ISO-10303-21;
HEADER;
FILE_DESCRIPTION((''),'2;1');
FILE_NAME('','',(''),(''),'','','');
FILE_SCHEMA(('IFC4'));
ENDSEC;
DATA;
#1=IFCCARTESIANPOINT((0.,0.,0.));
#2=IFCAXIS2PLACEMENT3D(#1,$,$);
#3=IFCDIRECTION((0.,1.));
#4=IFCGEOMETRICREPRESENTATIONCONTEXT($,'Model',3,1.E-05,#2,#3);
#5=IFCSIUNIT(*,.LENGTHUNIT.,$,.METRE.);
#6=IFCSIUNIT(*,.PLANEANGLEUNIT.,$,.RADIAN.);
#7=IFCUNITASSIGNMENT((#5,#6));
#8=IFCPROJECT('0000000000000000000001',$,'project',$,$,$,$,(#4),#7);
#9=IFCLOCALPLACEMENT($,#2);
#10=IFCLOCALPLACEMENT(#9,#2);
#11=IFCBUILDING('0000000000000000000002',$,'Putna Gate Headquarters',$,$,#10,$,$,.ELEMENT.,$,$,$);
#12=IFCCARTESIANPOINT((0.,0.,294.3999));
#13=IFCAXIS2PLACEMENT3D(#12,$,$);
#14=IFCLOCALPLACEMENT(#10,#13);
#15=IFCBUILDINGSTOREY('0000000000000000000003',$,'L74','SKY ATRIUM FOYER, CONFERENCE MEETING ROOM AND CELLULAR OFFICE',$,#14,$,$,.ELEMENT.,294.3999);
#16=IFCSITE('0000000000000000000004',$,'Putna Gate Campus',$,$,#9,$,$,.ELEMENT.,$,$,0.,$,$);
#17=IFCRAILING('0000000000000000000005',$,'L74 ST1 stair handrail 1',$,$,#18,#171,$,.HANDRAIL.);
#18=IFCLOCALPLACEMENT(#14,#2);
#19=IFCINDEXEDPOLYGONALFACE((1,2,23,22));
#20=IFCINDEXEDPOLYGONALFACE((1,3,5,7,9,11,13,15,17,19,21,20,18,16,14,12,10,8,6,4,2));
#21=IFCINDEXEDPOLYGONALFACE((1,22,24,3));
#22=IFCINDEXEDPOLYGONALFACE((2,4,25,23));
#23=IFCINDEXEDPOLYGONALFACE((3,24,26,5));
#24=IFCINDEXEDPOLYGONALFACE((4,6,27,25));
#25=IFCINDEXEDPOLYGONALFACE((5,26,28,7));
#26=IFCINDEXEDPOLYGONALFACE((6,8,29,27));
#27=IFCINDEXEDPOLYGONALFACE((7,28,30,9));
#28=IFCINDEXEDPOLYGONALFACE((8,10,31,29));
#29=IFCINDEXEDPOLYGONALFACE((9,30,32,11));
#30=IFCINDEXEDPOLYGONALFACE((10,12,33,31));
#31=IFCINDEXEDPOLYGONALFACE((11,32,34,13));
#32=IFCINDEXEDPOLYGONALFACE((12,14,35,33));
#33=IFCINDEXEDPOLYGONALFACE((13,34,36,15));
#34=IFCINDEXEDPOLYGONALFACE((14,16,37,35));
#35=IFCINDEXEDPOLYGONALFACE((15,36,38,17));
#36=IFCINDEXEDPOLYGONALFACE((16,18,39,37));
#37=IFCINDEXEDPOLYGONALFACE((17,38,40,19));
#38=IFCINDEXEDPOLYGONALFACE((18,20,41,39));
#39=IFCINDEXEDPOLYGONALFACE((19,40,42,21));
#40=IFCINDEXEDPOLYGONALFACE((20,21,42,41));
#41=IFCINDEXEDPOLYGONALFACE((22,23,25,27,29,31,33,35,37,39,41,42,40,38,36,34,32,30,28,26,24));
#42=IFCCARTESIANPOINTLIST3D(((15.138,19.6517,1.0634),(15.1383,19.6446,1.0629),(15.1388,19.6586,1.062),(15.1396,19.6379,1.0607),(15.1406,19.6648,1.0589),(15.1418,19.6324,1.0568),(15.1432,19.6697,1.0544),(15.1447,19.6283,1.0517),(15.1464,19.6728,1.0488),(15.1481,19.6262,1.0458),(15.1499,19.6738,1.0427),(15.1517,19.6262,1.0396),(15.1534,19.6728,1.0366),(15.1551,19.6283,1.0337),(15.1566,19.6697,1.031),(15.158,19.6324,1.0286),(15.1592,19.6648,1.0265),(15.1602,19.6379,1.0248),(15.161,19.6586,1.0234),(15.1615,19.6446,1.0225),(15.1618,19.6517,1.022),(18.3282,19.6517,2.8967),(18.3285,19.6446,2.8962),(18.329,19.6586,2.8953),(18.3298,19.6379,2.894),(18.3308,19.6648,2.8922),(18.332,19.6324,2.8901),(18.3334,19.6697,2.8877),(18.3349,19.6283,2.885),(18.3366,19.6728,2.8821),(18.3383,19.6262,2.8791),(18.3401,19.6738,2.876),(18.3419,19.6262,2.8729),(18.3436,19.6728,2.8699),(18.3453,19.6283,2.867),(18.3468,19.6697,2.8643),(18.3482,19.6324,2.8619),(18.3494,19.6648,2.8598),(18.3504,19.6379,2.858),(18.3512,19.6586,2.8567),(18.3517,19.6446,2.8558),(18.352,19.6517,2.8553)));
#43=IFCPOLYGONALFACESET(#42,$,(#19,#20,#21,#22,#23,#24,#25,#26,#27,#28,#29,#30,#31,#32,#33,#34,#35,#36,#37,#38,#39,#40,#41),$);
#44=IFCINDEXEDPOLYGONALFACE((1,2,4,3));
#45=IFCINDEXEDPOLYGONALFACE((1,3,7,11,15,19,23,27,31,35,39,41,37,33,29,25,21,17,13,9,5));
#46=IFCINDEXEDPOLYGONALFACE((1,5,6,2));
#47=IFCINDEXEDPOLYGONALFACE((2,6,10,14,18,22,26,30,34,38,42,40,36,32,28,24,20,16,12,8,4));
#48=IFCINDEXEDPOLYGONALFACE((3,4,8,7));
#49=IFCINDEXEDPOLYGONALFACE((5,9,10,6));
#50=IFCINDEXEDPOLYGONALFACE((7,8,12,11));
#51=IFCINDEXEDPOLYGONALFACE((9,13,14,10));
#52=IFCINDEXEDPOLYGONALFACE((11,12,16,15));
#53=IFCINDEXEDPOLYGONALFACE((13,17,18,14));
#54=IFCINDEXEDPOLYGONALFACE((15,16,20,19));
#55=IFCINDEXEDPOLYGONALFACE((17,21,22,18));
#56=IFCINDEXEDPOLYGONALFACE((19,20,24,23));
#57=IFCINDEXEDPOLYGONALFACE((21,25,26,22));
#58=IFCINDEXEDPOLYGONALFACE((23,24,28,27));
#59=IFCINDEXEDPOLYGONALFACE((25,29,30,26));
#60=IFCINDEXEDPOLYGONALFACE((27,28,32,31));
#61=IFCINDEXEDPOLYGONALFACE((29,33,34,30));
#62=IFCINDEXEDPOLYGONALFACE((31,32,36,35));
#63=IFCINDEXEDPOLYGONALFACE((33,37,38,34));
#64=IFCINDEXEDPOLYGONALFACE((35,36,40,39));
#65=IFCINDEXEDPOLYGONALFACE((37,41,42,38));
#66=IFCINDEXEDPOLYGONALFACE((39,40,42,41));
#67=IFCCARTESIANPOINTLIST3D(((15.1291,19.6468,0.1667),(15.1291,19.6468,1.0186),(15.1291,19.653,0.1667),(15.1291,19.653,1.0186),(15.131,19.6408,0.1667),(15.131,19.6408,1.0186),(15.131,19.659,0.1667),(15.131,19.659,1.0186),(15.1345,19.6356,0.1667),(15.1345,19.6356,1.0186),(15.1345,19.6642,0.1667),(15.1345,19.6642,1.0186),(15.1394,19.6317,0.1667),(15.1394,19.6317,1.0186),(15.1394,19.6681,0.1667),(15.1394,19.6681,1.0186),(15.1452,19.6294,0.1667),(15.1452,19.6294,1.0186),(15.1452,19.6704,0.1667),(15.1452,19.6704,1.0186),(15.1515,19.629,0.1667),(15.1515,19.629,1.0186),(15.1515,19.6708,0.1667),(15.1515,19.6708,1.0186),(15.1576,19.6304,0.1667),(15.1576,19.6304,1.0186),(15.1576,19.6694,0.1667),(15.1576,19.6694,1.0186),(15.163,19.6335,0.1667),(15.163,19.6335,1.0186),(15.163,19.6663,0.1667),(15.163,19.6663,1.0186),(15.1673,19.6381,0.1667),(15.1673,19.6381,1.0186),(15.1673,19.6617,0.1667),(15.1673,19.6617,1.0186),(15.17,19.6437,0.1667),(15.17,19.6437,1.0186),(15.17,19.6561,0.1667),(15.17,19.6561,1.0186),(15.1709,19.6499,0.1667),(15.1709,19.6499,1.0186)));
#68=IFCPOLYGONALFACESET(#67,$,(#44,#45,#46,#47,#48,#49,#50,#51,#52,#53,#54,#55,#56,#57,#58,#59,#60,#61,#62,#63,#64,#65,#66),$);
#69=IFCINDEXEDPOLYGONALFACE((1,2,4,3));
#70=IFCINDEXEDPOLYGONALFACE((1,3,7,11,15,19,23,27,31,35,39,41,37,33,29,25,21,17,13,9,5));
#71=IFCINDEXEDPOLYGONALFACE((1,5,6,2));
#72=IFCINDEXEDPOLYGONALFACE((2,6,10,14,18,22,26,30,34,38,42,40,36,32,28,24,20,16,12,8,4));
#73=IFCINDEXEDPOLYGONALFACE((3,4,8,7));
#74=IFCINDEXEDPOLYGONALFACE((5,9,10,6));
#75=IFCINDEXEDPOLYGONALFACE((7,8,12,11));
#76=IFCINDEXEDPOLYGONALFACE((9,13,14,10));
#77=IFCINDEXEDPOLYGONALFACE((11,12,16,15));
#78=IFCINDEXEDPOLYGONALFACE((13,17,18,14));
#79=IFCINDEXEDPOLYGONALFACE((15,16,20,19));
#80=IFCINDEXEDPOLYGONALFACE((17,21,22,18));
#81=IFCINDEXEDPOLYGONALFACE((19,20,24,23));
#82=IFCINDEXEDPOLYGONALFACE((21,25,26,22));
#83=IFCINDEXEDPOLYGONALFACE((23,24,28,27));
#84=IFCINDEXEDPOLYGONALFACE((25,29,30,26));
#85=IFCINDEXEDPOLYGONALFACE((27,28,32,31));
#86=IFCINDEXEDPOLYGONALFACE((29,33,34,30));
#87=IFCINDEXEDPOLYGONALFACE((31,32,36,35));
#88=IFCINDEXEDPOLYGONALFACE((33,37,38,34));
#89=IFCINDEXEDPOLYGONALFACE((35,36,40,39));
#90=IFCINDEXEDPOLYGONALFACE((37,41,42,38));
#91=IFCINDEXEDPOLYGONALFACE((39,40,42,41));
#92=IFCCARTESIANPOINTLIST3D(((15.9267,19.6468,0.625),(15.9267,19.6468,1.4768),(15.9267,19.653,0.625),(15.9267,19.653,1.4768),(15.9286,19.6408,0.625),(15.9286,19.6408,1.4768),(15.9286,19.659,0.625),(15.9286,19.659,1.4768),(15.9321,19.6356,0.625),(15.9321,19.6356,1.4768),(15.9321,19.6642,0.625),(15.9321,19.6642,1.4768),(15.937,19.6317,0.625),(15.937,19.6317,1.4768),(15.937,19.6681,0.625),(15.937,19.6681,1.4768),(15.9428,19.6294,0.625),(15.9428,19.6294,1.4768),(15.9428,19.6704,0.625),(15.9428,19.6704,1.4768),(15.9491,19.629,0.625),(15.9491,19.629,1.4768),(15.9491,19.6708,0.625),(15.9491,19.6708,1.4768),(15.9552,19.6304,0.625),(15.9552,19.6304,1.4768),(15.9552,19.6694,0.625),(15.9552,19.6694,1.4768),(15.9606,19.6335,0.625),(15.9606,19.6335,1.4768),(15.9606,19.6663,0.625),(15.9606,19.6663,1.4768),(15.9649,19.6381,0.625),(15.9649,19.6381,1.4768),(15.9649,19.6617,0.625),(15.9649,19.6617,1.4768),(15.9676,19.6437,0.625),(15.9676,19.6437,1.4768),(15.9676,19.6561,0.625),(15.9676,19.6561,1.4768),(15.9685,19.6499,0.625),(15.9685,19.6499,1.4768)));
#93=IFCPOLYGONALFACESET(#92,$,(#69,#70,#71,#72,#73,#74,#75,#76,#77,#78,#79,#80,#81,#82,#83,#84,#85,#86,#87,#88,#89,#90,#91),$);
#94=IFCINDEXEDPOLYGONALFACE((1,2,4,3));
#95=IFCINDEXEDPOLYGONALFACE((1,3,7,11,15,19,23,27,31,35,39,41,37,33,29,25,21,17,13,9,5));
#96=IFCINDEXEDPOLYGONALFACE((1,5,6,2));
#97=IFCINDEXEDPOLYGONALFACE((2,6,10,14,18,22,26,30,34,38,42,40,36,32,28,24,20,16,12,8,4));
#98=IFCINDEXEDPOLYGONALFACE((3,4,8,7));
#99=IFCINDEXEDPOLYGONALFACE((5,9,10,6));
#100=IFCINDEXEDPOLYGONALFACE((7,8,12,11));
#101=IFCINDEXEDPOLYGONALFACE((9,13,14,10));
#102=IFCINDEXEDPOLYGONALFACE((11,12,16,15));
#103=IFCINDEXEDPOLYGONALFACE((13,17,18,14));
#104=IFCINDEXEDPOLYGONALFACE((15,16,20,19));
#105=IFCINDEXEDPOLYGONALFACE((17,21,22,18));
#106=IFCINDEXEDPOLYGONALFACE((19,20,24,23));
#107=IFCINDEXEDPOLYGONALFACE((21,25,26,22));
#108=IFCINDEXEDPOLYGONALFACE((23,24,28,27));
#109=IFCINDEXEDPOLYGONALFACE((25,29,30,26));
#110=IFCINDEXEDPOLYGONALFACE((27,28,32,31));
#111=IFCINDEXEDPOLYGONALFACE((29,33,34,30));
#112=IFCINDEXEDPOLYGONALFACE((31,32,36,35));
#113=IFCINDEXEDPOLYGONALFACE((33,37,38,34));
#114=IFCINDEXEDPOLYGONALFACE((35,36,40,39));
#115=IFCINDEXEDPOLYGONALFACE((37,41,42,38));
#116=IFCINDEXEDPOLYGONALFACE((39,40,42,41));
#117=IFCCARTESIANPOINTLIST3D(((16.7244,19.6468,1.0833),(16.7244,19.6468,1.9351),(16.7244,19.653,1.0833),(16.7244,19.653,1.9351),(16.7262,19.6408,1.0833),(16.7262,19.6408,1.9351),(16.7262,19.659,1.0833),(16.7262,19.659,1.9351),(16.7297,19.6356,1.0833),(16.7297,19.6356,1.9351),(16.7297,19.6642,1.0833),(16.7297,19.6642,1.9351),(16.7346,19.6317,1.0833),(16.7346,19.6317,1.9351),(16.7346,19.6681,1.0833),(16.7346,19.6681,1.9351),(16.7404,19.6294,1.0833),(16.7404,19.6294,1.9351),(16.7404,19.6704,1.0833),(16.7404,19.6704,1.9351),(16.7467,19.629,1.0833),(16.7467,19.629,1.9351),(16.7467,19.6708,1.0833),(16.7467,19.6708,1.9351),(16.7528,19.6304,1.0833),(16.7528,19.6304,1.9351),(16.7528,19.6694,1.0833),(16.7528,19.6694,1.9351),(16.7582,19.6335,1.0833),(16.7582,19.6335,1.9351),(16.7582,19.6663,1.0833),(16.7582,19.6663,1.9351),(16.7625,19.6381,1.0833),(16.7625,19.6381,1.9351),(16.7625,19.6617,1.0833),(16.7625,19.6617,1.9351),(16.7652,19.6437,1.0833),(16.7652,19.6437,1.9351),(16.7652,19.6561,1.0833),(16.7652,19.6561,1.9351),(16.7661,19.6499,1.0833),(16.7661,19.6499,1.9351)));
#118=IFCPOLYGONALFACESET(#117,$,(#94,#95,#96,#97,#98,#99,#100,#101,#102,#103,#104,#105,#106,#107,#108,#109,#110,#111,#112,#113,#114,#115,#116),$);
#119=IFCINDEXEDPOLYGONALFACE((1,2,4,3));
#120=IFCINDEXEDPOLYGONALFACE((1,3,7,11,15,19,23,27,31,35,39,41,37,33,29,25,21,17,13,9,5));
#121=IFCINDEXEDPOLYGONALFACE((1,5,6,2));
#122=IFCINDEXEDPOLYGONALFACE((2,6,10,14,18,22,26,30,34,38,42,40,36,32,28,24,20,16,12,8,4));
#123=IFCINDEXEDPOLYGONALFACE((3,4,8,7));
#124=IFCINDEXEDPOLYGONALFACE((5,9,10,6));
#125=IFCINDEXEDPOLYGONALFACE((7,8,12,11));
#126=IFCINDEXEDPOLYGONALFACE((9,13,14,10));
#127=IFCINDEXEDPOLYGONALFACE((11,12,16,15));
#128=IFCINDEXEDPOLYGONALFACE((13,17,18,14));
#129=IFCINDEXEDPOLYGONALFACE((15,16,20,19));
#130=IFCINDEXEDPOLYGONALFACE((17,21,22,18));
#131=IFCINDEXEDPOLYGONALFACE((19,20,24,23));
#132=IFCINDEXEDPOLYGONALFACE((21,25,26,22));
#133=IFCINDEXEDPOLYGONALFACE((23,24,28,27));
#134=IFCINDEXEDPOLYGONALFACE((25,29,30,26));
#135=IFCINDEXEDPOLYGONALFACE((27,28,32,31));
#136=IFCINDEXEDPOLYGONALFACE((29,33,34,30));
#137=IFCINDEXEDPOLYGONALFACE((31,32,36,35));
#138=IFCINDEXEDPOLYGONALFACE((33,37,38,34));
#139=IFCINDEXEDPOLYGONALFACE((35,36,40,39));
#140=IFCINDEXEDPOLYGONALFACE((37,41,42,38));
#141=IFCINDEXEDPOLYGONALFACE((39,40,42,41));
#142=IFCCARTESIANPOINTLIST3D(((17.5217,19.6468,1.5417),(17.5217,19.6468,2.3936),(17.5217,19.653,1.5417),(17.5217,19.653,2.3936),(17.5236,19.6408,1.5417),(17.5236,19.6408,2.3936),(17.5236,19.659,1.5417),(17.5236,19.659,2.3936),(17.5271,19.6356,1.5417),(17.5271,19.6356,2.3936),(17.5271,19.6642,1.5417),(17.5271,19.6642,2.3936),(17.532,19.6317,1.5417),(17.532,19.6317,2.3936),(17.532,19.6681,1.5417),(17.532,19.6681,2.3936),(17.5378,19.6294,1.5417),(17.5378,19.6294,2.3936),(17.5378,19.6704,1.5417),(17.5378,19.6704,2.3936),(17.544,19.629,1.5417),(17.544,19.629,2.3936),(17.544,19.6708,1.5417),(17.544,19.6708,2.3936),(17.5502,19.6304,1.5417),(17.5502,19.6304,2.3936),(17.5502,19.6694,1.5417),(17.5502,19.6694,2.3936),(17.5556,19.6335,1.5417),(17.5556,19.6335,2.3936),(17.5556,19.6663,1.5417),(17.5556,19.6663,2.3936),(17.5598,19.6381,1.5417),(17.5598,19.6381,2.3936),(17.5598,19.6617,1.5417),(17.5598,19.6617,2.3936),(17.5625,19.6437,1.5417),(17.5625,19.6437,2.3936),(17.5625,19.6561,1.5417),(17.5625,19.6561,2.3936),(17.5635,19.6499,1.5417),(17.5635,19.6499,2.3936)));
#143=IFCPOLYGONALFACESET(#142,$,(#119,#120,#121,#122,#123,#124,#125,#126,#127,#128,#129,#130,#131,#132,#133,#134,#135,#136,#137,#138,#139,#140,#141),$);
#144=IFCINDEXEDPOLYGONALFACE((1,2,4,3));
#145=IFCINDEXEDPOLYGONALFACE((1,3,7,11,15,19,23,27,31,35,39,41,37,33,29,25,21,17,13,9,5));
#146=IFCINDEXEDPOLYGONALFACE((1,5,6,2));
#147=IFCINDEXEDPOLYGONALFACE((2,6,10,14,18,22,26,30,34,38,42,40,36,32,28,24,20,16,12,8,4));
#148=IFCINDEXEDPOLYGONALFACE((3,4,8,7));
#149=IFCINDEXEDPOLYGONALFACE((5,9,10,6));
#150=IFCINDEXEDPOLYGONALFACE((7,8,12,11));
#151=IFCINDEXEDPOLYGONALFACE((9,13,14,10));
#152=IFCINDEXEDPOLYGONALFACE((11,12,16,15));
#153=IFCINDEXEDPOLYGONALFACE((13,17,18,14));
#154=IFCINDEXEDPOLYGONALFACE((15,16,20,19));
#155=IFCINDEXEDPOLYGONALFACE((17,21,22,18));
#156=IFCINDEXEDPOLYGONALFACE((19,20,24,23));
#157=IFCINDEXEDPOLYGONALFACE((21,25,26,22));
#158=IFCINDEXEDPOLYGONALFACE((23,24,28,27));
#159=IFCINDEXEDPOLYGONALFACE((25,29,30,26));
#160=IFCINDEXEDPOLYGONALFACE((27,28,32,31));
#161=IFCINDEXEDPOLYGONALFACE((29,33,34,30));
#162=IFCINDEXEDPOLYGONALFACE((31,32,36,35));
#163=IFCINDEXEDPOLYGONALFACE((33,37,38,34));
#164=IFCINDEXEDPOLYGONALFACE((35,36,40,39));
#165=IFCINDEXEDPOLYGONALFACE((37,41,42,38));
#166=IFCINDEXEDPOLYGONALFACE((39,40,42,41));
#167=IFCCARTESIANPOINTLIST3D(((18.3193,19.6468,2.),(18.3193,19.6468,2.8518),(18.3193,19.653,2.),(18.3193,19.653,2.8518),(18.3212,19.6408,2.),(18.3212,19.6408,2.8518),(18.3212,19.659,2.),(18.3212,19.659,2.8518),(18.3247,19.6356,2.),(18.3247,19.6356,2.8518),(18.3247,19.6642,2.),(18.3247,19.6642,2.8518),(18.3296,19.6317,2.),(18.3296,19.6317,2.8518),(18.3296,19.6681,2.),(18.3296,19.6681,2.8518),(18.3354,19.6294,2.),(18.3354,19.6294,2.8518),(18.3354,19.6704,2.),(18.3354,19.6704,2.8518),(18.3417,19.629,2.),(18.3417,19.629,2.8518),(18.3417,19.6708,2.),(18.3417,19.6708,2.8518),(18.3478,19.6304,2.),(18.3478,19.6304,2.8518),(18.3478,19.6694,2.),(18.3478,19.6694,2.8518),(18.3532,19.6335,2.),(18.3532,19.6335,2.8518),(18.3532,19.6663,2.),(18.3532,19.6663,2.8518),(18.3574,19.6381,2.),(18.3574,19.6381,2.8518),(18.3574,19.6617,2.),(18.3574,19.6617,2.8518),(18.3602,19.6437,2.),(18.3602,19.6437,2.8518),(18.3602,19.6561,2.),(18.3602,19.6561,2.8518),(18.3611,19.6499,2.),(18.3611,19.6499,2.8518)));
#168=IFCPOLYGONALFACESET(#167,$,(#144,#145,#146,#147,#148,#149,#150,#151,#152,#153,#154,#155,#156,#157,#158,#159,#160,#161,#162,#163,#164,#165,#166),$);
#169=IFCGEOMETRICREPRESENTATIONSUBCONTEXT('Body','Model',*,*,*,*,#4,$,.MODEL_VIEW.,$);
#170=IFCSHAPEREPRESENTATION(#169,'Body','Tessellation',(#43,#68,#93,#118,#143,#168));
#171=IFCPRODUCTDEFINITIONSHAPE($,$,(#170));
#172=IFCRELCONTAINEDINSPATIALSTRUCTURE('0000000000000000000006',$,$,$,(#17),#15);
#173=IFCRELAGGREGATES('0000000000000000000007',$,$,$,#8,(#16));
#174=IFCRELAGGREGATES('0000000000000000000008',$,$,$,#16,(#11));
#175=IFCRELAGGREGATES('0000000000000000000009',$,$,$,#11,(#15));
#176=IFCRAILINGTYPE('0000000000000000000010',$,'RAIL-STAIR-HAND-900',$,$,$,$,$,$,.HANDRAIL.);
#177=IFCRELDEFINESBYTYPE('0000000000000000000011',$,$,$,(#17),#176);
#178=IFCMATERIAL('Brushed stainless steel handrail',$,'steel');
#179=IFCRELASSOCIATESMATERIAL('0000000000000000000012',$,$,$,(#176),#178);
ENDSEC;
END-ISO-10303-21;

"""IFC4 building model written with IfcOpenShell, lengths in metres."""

from ifc_helpers import new_model, si_unit, direction, frame, origin, origin_2d, place, context, subcontext, project, spatial, circle, extrude, material, type_object, element, save


model = new_model("IFC4")

# Units and contexts
model_context = context("Model", 3, precision=1e-05, world=origin(), true_north=direction((0.0, 1.0)))
body_context = subcontext(model_context, "Body", "Model", "MODEL_VIEW")
ifc_project = project(units=[si_unit("LENGTHUNIT", "METRE"), si_unit("PLANEANGLEUNIT", "RADIAN")], contexts=[model_context])

# Site, building, storey
site_placement = place(None, origin())
site = spatial("IfcSite", under=ifc_project, at=site_placement, Name="Putna Gate Campus", CompositionType="ELEMENT", RefElevation=0.0)
building_placement = place(site_placement, origin())
building = spatial("IfcBuilding", under=site, at=building_placement, Name="Putna Gate Headquarters", CompositionType="ELEMENT")
storey_placement = place(building_placement, frame((0.0, 0.0, 294.3999)))
storey = spatial("IfcBuildingStorey", under=building, at=storey_placement, Name="L74", Description="SKY ATRIUM FOYER, CONFERENCE MEETING ROOM AND CELLULAR OFFICE", CompositionType="ELEMENT", Elevation=294.3999)

# Railing
ifc_material_1 = material(Name="Brushed stainless steel handrail", Category="steel")
railing_type_1 = type_object("IfcRailingType", Name="RAIL-STAIR-HAND-900", PredefinedType="HANDRAIL", material=ifc_material_1)
railing_1_placement = place(storey_placement, frame((15.1499, 19.6499, 0.1667)))
element("IfcRailing", 1, at=railing_1_placement, inside=storey, type_object=railing_type_1, Name="L74 ST1 stair handrail 1", PredefinedType="HANDRAIL", context=body_context, shape_type="SweptSolid", body=[
    extrude(circle(Radius=0.0239, at=origin_2d()), frame((0.0, 0.0, 0.876), z_axis=(0.867036, 0.0, 0.498245), x_axis=(0.0, 1.0, 0.0)), (0.0, 0.0, 1.0), 3.6794),
    extrude(circle(Radius=0.021, at=origin_2d()), origin(), (0.0, 0.0, 1.0), 0.8518),
    extrude(circle(Radius=0.021, at=origin_2d()), frame((0.7976, 0.0, 0.4583)), (0.0, 0.0, 1.0), 0.8518),
    extrude(circle(Radius=0.021, at=origin_2d()), frame((1.5952, 0.0, 0.9165)), (0.0, 0.0, 1.0), 0.8518),
    extrude(circle(Radius=0.021, at=origin_2d()), frame((2.3926, 0.0, 1.375)), (0.0, 0.0, 1.0), 0.8518),
    extrude(circle(Radius=0.021, at=origin_2d()), frame((3.1902, 0.0, 1.8333)), (0.0, 0.0, 1.0), 0.8518),
])

save(model, "model.ifc")
